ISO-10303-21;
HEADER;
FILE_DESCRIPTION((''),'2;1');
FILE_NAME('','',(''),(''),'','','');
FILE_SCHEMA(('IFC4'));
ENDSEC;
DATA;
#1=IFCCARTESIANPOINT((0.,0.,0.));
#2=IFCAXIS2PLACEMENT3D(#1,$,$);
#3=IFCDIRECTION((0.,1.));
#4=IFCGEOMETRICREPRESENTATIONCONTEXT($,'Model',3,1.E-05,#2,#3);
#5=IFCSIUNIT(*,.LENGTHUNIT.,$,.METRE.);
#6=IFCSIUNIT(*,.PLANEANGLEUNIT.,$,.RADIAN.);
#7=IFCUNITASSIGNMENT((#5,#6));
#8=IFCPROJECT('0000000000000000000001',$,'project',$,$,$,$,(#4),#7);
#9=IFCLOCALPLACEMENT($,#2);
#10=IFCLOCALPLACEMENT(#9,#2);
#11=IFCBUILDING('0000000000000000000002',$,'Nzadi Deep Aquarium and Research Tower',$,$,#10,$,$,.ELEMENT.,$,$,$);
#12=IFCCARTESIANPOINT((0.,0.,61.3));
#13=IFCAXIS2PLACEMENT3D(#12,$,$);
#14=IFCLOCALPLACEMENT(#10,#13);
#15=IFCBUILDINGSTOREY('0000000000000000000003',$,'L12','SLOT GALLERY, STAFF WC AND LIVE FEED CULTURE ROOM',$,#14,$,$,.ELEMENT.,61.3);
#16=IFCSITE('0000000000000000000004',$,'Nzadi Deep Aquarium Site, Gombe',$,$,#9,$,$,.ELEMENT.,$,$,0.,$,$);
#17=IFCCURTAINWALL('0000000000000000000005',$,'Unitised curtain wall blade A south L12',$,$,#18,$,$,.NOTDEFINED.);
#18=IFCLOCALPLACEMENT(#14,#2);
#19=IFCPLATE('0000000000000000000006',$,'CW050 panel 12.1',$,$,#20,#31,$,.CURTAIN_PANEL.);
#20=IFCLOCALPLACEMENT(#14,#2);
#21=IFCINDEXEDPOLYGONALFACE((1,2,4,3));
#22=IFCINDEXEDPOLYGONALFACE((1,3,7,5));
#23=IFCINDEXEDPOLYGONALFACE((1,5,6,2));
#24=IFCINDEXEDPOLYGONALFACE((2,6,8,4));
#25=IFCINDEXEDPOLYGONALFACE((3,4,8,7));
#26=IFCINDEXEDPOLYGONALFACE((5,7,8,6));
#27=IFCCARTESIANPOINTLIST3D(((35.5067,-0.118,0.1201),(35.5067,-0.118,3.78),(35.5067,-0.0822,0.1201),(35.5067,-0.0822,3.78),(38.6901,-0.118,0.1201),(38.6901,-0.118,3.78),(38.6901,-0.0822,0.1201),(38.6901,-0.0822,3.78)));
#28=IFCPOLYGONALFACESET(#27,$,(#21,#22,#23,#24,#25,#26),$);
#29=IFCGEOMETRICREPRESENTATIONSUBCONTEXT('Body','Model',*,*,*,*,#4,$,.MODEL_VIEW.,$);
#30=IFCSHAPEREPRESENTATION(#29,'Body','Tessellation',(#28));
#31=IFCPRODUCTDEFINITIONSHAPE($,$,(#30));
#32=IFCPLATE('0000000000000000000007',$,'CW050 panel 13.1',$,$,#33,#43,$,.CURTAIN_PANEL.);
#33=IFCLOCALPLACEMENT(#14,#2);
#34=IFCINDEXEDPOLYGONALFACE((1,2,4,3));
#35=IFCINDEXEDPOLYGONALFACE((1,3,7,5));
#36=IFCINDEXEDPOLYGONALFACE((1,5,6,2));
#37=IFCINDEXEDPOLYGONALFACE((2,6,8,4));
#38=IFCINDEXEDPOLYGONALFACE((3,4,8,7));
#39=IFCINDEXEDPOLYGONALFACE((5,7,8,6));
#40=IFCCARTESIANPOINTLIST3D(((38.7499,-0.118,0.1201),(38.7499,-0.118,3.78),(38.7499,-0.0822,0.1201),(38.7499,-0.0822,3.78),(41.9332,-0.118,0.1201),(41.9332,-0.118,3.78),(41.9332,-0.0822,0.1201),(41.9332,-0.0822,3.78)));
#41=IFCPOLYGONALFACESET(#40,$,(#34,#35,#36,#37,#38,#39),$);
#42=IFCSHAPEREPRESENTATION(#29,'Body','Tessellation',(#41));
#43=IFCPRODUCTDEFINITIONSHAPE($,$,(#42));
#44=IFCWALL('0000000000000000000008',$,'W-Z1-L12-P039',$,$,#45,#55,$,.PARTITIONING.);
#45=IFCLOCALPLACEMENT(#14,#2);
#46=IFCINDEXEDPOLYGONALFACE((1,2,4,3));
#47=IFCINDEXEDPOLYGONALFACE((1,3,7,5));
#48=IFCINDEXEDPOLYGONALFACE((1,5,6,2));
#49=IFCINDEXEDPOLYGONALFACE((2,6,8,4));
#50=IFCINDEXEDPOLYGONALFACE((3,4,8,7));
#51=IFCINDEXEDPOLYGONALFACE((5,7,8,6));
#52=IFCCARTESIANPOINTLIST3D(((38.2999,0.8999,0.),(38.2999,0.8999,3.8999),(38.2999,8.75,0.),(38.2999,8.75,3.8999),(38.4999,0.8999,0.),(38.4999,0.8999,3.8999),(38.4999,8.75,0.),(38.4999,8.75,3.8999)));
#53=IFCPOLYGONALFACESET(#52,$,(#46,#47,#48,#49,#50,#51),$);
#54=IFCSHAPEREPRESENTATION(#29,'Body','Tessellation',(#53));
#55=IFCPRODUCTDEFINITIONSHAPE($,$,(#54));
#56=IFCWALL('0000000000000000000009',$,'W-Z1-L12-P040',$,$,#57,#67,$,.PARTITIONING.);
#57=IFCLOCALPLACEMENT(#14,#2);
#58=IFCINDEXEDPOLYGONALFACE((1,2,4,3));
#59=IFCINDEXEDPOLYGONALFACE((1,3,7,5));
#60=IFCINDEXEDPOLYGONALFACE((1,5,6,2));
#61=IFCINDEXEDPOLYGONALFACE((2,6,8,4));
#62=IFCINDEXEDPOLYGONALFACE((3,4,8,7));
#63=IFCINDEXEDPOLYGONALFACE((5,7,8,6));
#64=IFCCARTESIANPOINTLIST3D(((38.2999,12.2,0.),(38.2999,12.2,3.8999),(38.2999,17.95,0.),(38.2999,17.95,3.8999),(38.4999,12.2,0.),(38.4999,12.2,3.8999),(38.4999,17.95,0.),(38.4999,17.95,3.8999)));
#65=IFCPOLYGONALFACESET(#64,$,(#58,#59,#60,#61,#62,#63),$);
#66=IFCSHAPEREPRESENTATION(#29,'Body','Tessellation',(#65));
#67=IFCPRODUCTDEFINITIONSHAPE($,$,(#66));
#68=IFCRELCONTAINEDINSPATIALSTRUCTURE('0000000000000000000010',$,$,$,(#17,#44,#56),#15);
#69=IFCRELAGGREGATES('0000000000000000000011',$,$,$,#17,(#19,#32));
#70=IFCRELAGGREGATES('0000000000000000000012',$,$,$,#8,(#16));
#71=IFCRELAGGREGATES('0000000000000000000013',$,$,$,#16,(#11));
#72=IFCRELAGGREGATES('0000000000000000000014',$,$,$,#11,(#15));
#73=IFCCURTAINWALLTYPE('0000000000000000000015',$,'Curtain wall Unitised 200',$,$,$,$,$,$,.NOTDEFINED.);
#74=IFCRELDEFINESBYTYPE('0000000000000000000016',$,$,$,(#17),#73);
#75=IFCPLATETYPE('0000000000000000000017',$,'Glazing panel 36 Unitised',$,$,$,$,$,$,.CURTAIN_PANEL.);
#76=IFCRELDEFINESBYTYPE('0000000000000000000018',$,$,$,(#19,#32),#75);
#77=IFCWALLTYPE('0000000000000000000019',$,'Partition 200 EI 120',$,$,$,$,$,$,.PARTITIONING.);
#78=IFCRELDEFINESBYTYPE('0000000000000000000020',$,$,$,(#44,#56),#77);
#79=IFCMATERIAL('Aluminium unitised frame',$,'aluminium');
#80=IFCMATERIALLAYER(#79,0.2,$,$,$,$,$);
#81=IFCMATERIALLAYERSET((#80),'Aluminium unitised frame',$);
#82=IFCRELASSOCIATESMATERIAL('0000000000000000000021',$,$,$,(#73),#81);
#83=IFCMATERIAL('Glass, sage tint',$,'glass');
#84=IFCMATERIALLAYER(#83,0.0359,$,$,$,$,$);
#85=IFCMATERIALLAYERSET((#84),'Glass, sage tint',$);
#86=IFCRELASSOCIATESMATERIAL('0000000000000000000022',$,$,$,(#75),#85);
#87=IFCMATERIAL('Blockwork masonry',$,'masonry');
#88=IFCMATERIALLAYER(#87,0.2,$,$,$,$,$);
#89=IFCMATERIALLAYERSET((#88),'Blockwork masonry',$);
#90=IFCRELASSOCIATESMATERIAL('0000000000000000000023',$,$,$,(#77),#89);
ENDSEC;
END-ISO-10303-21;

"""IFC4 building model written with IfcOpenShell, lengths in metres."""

from ifc_helpers import new_model, si_unit, direction, frame, frame_2d, origin, origin_2d, place, context, subcontext, project, spatial, rectangle, extrude, material, layer, layer_set, type_object, element, aggregate, save


model = new_model("IFC4")

# Units and contexts
model_context = context("Model", 3, precision=1e-05, world=origin(), true_north=direction((0.0, 1.0)))
body_context = subcontext(model_context, "Body", "Model", "MODEL_VIEW")
ifc_project = project(units=[si_unit("LENGTHUNIT", "METRE"), si_unit("PLANEANGLEUNIT", "RADIAN")], contexts=[model_context])

# Site, building, storey
site_placement = place(None, origin())
site = spatial("IfcSite", under=ifc_project, at=site_placement, Name="Nzadi Deep Aquarium Site, Gombe", CompositionType="ELEMENT", RefElevation=0.0)
building_placement = place(site_placement, origin())
building = spatial("IfcBuilding", under=site, at=building_placement, Name="Nzadi Deep Aquarium and Research Tower", CompositionType="ELEMENT")
storey_placement = place(building_placement, frame((0.0, 0.0, 61.3)))
storey = spatial("IfcBuildingStorey", under=building, at=storey_placement, Name="L12", Description="SLOT GALLERY, STAFF WC AND LIVE FEED CULTURE ROOM", CompositionType="ELEMENT", Elevation=61.3)

# Curtain wall
ifc_material_1 = material(Name="Aluminium unitised frame", Category="aluminium")
ifc_layer_1 = layer(ifc_material_1, 0.2)
ifc_layer_set_1 = layer_set([ifc_layer_1], Name="Aluminium unitised frame")
curtain_wall_type = type_object("IfcCurtainWallType", Name="Curtain wall Unitised 200", PredefinedType="NOTDEFINED", material=ifc_layer_set_1)
curtain_wall_placement = place(storey_placement, origin())
curtain_wall = element("IfcCurtainWall", 1, at=curtain_wall_placement, inside=storey, type_object=curtain_wall_type, Name="Unitised curtain wall blade A south L12", PredefinedType="NOTDEFINED")

# Plates
ifc_material_2 = material(Name="Glass, sage tint", Category="glass")
ifc_layer_2 = layer(ifc_material_2, 0.0359)
ifc_layer_set_2 = layer_set([ifc_layer_2], Name="Glass, sage tint")
plate_type = type_object("IfcPlateType", Name="Glazing panel 36 Unitised", PredefinedType="CURTAIN_PANEL", material=ifc_layer_set_2)
plate_1_placement = place(storey_placement, frame((37.0984, -0.1001, 0.1201), z_axis=(0.0, 0.0, 1.0), x_axis=(1.0, 0.0, 0.0)))
plate_1 = element("IfcPlate", 2, at=plate_1_placement, type_object=plate_type, Name="CW050 panel 12.1", PredefinedType="CURTAIN_PANEL", context=body_context, shape_type="SweptSolid", body=[
    extrude(rectangle(XDim=3.1833, YDim=0.0359, at=origin_2d()), origin(), (0.0, 0.0, 1.0), 3.6599),
])
plate_2_placement = place(storey_placement, frame((40.3416, -0.1001, 0.1201), z_axis=(0.0, 0.0, 1.0), x_axis=(1.0, 0.0, 0.0)))
plate_2 = element("IfcPlate", 3, at=plate_2_placement, type_object=plate_type, Name="CW050 panel 13.1", PredefinedType="CURTAIN_PANEL", context=body_context, shape_type="SweptSolid", body=[
    extrude(rectangle(XDim=3.1833, YDim=0.0359, at=origin_2d()), origin(), (0.0, 0.0, 1.0), 3.6599),
])
aggregate(curtain_wall, [plate_1, plate_2])

# Walls
ifc_material_3 = material(Name="Blockwork masonry", Category="masonry")
ifc_layer_3 = layer(ifc_material_3, 0.2)
ifc_layer_set_3 = layer_set([ifc_layer_3], Name="Blockwork masonry")
wall_type = type_object("IfcWallType", Name="Partition 200 EI 120", PredefinedType="PARTITIONING", material=ifc_layer_set_3)
wall_1_placement = place(storey_placement, frame((38.3999, 0.8999, 0.0), z_axis=(0.0, 0.0, 1.0), x_axis=(0.0, 1.0, 0.0)))
element("IfcWall", 4, at=wall_1_placement, inside=storey, type_object=wall_type, Name="W-Z1-L12-P039", PredefinedType="PARTITIONING", context=body_context, shape_type="SweptSolid", body=[
    extrude(rectangle(XDim=7.8501, YDim=0.2, at=frame_2d((3.925, 0.0))), origin(), (0.0, 0.0, 1.0), 3.8999),
])
wall_2_placement = place(storey_placement, frame((38.3999, 12.2, 0.0), z_axis=(0.0, 0.0, 1.0), x_axis=(0.0, 1.0, 0.0)))
element("IfcWall", 5, at=wall_2_placement, inside=storey, type_object=wall_type, Name="W-Z1-L12-P040", PredefinedType="PARTITIONING", context=body_context, shape_type="SweptSolid", body=[
    extrude(rectangle(XDim=5.75, YDim=0.2, at=frame_2d((2.875, 0.0))), origin(), (0.0, 0.0, 1.0), 3.8999),
])

save(model, "model.ifc")
